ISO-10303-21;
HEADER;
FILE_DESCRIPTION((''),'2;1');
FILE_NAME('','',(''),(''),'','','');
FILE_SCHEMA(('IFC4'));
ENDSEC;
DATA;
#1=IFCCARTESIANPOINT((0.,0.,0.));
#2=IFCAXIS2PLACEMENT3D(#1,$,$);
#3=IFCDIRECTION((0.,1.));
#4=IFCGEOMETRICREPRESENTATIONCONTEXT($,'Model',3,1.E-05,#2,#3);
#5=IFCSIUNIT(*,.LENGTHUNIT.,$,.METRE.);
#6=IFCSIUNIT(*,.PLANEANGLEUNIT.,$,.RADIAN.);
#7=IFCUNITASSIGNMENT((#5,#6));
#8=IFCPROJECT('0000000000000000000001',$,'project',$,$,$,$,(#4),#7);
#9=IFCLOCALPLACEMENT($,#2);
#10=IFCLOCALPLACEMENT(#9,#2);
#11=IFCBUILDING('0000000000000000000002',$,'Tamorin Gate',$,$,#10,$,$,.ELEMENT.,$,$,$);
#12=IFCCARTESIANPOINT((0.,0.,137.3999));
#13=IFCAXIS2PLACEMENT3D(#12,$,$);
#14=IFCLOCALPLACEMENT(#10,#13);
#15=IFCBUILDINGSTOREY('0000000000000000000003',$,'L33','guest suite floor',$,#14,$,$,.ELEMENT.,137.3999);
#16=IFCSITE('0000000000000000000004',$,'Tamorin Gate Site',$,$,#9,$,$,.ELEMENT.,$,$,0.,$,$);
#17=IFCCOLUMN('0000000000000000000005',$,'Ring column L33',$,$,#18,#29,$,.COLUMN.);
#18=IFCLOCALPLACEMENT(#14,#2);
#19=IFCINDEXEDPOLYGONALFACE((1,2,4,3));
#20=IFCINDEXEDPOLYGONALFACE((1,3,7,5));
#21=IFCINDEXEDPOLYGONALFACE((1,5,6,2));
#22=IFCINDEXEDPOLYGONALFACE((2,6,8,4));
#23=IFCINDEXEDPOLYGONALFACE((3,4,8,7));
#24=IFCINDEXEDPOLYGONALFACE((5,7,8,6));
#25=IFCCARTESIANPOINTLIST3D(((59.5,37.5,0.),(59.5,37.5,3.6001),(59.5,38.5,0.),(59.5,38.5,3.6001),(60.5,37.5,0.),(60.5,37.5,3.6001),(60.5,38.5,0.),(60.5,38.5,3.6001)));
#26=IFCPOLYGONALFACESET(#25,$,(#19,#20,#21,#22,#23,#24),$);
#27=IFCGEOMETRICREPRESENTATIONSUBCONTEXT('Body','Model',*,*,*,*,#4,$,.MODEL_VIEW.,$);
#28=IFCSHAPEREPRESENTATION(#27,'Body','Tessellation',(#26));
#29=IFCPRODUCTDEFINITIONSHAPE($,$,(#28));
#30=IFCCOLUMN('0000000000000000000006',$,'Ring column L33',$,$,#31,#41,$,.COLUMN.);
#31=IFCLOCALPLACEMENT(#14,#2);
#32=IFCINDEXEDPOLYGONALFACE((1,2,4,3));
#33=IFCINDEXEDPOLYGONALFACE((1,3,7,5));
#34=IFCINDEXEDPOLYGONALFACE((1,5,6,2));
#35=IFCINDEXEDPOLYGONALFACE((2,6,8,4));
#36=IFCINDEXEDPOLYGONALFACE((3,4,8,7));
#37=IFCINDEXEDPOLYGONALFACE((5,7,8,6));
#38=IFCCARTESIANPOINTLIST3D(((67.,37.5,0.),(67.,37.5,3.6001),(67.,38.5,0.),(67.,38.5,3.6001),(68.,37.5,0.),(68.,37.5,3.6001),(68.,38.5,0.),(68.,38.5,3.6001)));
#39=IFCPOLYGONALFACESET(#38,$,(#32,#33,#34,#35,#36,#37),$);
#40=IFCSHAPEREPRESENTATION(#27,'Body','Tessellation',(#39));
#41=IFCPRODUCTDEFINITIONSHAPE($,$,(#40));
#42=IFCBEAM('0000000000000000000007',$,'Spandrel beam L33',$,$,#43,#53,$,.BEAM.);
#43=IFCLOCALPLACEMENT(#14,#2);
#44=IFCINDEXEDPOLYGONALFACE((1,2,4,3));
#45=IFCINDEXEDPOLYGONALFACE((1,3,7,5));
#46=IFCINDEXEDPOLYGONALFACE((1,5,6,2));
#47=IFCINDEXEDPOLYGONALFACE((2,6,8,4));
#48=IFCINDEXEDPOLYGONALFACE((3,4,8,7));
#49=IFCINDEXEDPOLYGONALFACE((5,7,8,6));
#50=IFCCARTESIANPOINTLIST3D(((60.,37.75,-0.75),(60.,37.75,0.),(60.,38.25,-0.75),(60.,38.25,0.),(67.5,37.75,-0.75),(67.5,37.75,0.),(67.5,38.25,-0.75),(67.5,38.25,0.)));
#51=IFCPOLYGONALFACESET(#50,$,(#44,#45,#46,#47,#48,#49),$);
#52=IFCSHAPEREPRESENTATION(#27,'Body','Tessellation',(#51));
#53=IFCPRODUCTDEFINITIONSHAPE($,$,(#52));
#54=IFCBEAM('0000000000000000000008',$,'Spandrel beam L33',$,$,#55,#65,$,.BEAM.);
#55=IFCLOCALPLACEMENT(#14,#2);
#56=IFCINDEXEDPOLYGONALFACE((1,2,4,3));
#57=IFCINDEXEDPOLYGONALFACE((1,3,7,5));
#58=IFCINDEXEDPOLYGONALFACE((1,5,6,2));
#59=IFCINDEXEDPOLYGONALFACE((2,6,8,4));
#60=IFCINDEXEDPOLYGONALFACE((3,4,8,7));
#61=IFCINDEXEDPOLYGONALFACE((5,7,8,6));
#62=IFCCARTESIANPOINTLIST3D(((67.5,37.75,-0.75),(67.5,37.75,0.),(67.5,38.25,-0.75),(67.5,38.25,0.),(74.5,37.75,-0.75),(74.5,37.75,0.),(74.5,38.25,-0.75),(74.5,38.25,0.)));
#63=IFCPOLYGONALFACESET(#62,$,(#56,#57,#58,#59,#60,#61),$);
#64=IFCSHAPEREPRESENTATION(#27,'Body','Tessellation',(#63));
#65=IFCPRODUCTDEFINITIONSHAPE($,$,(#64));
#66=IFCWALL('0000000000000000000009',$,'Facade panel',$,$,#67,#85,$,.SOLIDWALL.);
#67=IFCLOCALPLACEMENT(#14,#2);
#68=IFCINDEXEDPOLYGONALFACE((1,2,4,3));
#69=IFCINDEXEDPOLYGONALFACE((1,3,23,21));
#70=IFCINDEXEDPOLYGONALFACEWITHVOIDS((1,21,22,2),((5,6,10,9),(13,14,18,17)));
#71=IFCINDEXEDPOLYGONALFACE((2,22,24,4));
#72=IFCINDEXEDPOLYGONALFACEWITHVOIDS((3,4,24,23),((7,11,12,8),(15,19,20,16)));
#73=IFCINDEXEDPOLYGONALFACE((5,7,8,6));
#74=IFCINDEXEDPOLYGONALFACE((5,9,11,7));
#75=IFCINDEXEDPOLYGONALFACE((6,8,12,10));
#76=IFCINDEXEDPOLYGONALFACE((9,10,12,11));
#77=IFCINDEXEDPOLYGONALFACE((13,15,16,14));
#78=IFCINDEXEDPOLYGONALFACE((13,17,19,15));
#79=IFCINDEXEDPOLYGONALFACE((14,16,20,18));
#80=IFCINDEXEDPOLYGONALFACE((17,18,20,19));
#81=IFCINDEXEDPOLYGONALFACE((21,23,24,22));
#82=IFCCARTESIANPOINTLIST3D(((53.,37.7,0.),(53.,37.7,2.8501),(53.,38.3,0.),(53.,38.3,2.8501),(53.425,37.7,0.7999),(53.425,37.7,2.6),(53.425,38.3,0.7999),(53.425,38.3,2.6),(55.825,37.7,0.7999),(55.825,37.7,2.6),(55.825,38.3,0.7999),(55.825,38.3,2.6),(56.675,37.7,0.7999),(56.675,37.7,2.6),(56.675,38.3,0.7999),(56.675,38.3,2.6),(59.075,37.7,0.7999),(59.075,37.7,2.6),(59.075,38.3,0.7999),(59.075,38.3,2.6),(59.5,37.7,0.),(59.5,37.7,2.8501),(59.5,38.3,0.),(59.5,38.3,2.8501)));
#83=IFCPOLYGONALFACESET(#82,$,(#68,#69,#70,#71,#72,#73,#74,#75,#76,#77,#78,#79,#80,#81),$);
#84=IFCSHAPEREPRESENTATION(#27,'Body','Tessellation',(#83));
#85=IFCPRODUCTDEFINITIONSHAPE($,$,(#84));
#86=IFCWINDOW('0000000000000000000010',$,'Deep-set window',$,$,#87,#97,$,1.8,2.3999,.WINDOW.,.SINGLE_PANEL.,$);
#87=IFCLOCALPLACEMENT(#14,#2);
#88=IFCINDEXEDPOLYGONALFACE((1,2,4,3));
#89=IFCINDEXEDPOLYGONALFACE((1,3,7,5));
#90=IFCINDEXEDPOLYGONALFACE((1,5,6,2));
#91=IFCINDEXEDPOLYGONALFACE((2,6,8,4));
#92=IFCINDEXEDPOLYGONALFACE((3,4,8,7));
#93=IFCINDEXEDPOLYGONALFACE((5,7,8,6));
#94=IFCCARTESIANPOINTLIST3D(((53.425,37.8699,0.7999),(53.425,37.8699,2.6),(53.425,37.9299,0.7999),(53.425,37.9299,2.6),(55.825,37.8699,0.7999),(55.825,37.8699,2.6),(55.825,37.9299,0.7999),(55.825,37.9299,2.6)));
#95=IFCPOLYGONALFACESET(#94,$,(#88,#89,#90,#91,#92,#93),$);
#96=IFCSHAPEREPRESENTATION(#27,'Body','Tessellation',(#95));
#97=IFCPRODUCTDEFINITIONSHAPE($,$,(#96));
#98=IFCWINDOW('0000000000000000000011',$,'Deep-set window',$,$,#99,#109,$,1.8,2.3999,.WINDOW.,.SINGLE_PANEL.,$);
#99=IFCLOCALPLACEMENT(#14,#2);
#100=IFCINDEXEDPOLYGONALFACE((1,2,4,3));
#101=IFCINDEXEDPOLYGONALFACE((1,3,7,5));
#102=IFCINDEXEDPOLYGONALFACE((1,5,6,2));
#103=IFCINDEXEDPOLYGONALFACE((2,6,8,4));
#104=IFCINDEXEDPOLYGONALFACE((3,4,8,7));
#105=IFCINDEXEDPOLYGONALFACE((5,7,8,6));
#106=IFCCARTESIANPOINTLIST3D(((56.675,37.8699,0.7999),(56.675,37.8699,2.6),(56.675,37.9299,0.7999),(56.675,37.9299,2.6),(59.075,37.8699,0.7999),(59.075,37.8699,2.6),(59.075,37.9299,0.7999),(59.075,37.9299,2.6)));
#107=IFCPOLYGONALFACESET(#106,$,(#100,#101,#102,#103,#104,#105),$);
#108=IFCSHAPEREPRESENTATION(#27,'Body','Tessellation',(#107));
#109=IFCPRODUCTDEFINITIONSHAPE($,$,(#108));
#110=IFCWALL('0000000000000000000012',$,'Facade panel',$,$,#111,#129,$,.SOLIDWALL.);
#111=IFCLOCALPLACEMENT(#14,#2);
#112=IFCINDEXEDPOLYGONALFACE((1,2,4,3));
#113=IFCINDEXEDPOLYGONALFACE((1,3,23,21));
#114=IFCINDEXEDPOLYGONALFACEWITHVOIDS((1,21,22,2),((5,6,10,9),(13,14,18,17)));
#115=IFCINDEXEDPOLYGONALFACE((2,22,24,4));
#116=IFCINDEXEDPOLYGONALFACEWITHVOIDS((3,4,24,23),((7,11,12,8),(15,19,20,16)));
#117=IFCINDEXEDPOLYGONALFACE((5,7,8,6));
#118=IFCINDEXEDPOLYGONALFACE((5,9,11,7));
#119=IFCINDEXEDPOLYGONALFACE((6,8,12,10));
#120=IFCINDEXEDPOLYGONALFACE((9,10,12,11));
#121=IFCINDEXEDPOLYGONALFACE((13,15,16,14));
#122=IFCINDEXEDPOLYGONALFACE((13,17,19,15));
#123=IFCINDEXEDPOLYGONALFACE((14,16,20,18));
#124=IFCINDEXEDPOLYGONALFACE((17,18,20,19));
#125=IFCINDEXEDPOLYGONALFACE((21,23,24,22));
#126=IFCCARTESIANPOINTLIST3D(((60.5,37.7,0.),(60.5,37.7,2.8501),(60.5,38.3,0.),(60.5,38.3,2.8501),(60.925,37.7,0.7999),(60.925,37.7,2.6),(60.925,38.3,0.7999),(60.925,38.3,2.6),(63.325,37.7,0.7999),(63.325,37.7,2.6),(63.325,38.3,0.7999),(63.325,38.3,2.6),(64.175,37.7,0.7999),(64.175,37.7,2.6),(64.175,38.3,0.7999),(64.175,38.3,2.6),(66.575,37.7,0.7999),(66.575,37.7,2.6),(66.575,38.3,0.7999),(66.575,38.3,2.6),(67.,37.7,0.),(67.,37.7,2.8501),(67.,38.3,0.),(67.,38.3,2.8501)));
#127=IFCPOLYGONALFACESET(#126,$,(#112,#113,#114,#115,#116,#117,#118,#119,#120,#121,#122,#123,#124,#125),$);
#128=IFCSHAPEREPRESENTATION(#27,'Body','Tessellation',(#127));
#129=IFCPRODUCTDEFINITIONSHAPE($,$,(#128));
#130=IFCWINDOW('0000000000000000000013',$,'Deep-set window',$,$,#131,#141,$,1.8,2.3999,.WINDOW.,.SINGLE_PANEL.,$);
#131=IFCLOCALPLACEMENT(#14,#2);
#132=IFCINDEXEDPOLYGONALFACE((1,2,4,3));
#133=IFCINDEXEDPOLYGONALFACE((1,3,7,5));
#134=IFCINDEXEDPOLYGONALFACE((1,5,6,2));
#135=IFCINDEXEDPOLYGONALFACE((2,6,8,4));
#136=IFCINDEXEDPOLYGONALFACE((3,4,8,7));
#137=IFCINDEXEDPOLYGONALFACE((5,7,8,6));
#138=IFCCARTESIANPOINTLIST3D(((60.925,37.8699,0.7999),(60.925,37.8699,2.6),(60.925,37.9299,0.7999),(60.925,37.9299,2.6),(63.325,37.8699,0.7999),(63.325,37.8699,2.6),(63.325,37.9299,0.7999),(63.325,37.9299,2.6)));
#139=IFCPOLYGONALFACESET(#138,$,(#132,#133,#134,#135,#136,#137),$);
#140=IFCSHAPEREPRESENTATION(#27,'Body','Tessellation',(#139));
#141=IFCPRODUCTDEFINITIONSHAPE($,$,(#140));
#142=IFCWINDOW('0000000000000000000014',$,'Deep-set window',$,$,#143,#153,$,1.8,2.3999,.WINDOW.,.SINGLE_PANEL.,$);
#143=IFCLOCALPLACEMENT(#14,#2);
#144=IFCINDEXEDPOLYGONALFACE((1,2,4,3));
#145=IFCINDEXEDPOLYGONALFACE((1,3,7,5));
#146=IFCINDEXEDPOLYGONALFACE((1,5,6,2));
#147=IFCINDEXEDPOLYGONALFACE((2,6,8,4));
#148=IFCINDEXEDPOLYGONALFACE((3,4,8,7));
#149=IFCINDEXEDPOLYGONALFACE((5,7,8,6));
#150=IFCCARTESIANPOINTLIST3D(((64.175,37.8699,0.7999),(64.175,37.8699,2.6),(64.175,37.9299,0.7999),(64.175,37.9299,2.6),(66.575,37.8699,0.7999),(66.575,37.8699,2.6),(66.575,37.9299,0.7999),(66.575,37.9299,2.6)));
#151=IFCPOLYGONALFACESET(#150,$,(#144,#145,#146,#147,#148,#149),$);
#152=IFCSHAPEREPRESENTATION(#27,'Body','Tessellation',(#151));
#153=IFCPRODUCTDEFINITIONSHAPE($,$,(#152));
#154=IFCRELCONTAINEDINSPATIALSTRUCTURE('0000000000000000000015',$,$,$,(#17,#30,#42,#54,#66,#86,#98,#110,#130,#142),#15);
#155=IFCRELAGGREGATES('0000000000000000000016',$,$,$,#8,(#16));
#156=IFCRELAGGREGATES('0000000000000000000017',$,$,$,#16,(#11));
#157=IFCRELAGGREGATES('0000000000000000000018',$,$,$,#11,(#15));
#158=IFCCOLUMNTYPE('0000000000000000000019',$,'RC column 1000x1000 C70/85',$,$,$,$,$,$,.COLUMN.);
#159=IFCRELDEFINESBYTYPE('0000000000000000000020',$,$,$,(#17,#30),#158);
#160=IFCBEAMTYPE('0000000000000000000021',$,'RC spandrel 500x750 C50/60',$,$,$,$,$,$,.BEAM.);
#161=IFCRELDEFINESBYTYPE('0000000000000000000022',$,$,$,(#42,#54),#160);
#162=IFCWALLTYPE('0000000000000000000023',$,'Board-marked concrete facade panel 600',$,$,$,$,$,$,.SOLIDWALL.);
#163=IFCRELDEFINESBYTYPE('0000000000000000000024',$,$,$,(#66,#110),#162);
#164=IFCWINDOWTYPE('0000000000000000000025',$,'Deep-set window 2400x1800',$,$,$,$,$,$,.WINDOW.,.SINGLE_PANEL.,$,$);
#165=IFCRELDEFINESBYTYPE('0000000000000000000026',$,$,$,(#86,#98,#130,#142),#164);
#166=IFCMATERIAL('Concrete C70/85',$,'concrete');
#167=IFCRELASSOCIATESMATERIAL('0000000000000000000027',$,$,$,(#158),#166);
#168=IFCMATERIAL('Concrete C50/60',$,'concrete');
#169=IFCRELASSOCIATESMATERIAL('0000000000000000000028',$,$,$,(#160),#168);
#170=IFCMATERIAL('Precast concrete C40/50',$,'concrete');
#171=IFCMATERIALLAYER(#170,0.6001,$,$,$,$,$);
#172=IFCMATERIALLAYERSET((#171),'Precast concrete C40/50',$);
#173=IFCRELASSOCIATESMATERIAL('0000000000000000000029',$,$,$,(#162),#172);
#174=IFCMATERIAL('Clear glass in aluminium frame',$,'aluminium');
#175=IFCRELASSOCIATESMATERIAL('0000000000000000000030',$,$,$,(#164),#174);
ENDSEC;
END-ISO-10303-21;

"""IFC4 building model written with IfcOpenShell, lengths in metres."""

from ifc_helpers import new_model, si_unit, direction, frame, frame_2d, origin, origin_2d, place, context, subcontext, project, spatial, rectangle, extrude, material, layer, layer_set, material_profile, profile_set, type_object, element, fill, save


model = new_model("IFC4")

# Units and contexts
model_context = context("Model", 3, precision=1e-05, world=origin(), true_north=direction((0.0, 1.0)))
body_context = subcontext(model_context, "Body", "Model", "MODEL_VIEW")
ifc_project = project(units=[si_unit("LENGTHUNIT", "METRE"), si_unit("PLANEANGLEUNIT", "RADIAN")], contexts=[model_context])

# Site, building, storey
site_placement = place(None, origin())
site = spatial("IfcSite", under=ifc_project, at=site_placement, Name="Tamorin Gate Site", CompositionType="ELEMENT", RefElevation=0.0)
building_placement = place(site_placement, origin())
building = spatial("IfcBuilding", under=site, at=building_placement, Name="Tamorin Gate", CompositionType="ELEMENT")
storey_placement = place(building_placement, frame((0.0, 0.0, 137.3999)))
storey = spatial("IfcBuildingStorey", under=building, at=storey_placement, Name="L33", Description="guest suite floor", CompositionType="ELEMENT", Elevation=137.3999)

# Columns
ifc_material_1 = material(Name="Concrete C70/85", Category="concrete")
ifc_material_profile_1 = material_profile(ifc_material_1, rectangle(XDim=1.0, YDim=1.0, at=origin_2d()), Name="RC 1000x1000")
ifc_profile_set_1 = profile_set([ifc_material_profile_1], Name="Concrete C70/85")
column_type = type_object("IfcColumnType", Name="RC column 1000x1000 C70/85", PredefinedType="COLUMN", material=ifc_profile_set_1)
for number, where, z_axis, x_axis, name in (
    (1, (60.0, 38.0, 0.0), (0.0, 0.0, 1.0), (1.0, 0.0, 0.0), "Ring column L33"),
    (2, (67.5, 38.0, 0.0), (0.0, 0.0, 1.0), (1.0, 0.0, 0.0), "Ring column L33"),
):
    element("IfcColumn", number, at=place(storey_placement, frame(where, z_axis=z_axis, x_axis=x_axis)), inside=storey, type_object=column_type, Name=name, PredefinedType="COLUMN", context=body_context, shape_type="SweptSolid", body=[
        extrude(rectangle(XDim=1.0, YDim=1.0, at=origin_2d()), origin(), (0.0, 0.0, 1.0), 3.6001),
    ])

# Beams
ifc_material_2 = material(Name="Concrete C50/60", Category="concrete")
ifc_material_profile_2 = material_profile(ifc_material_2, rectangle(XDim=0.5, YDim=0.75, at=origin_2d()), Name="RC 500x750")
ifc_profile_set_2 = profile_set([ifc_material_profile_2], Name="Concrete C50/60")
beam_type = type_object("IfcBeamType", Name="RC spandrel 500x750 C50/60", PredefinedType="BEAM", material=ifc_profile_set_2)
beam_1_placement = place(storey_placement, frame((60.0, 38.0, -0.375), z_axis=(1.0, 0.0, 0.0), x_axis=(0.0, 1.0, 0.0)))
element("IfcBeam", 3, at=beam_1_placement, inside=storey, type_object=beam_type, Name="Spandrel beam L33", PredefinedType="BEAM", context=body_context, shape_type="SweptSolid", body=[
    extrude(rectangle(XDim=0.5, YDim=0.75, at=origin_2d()), origin(), (0.0, 0.0, 1.0), 7.5),
])
beam_2_placement = place(storey_placement, frame((67.5, 38.0, -0.375), z_axis=(1.0, 0.0, 0.0), x_axis=(0.0, 1.0, 0.0)))
element("IfcBeam", 4, at=beam_2_placement, inside=storey, type_object=beam_type, Name="Spandrel beam L33", PredefinedType="BEAM", context=body_context, shape_type="SweptSolid", body=[
    extrude(rectangle(XDim=0.5, YDim=0.75, at=origin_2d()), origin(), (0.0, 0.0, 1.0), 7.0),
])

# Walls, openings, windows
ifc_material_3 = material(Name="Precast concrete C40/50", Category="concrete")
ifc_layer_1 = layer(ifc_material_3, 0.6001)
ifc_layer_set_1 = layer_set([ifc_layer_1], Name="Precast concrete C40/50")
wall_type_1 = type_object("IfcWallType", Name="Board-marked concrete facade panel 600", PredefinedType="SOLIDWALL", material=ifc_layer_set_1)
wall_1_placement = place(storey_placement, frame((53.0, 38.0, 0.0), z_axis=(0.0, 0.0, 1.0), x_axis=(1.0, 0.0, 0.0)))
wall_1 = element("IfcWall", 5, at=wall_1_placement, inside=storey, type_object=wall_type_1, Name="Facade panel", PredefinedType="SOLIDWALL", context=body_context, shape_type="SweptSolid", body=[
    extrude(rectangle(XDim=6.5, YDim=0.6001, at=frame_2d((3.25, 0.0))), origin(), (0.0, 0.0, 1.0), 2.8501),
])
opening_1_placement = place(wall_1_placement, frame((0.425, 0.0, 0.8)))
opening_1 = element("IfcOpeningElement", 6, at=opening_1_placement, cuts=wall_1, PredefinedType="OPENING", context=body_context, shape_type="SweptSolid", body=[
    extrude(rectangle(XDim=2.3999, YDim=1.8, at=frame_2d((1.2, 0.8999))), frame((0.0, 0.3101, 0.0), z_axis=(0.0, -1.0, 0.0), x_axis=(1.0, 0.0, 0.0)), (0.0, 0.0, 1.0), 0.6201),
])
opening_2_placement = place(wall_1_placement, frame((3.675, 0.0, 0.8)))
opening_2 = element("IfcOpeningElement", 7, at=opening_2_placement, cuts=wall_1, PredefinedType="OPENING", context=body_context, shape_type="SweptSolid", body=[
    extrude(rectangle(XDim=2.3999, YDim=1.8, at=frame_2d((1.2, 0.8999))), frame((0.0, 0.3101, 0.0), z_axis=(0.0, -1.0, 0.0), x_axis=(1.0, 0.0, 0.0)), (0.0, 0.0, 1.0), 0.6201),
])
ifc_material_4 = material(Name="Clear glass in aluminium frame", Category="aluminium")
window_type = type_object("IfcWindowType", Name="Deep-set window 2400x1800", PartitioningType="SINGLE_PANEL", PredefinedType="WINDOW", material=ifc_material_4)
window_1_placement = place(opening_1_placement, origin())
window_1 = element("IfcWindow", 8, at=window_1_placement, inside=storey, type_object=window_type, Name="Deep-set window", OverallHeight=1.8, OverallWidth=2.3999, PartitioningType="SINGLE_PANEL", PredefinedType="WINDOW", context=body_context, shape_type="SweptSolid", body=[
    extrude(rectangle(XDim=2.3999, YDim=1.8, at=frame_2d((1.2, 0.8999))), frame((0.0, -0.0701, 0.0), z_axis=(0.0, -1.0, 0.0), x_axis=(1.0, 0.0, 0.0)), (0.0, 0.0, 1.0), 0.0601),
])
fill(opening_1, window_1)
window_2_placement = place(opening_2_placement, origin())
window_2 = element("IfcWindow", 9, at=window_2_placement, inside=storey, type_object=window_type, Name="Deep-set window", OverallHeight=1.8, OverallWidth=2.3999, PartitioningType="SINGLE_PANEL", PredefinedType="WINDOW", context=body_context, shape_type="SweptSolid", body=[
    extrude(rectangle(XDim=2.3999, YDim=1.8, at=frame_2d((1.2, 0.8999))), frame((0.0, -0.0701, 0.0), z_axis=(0.0, -1.0, 0.0), x_axis=(1.0, 0.0, 0.0)), (0.0, 0.0, 1.0), 0.0601),
])
fill(opening_2, window_2)
wall_2_placement = place(storey_placement, frame((60.5, 38.0, 0.0), z_axis=(0.0, 0.0, 1.0), x_axis=(1.0, 0.0, 0.0)))
wall_2 = element("IfcWall", 10, at=wall_2_placement, inside=storey, type_object=wall_type_1, Name="Facade panel", PredefinedType="SOLIDWALL", context=body_context, shape_type="SweptSolid", body=[
    extrude(rectangle(XDim=6.5, YDim=0.6001, at=frame_2d((3.25, 0.0))), origin(), (0.0, 0.0, 1.0), 2.8501),
])
opening_3_placement = place(wall_2_placement, frame((0.425, 0.0, 0.8)))
opening_3 = element("IfcOpeningElement", 11, at=opening_3_placement, cuts=wall_2, PredefinedType="OPENING", context=body_context, shape_type="SweptSolid", body=[
    extrude(rectangle(XDim=2.3999, YDim=1.8, at=frame_2d((1.2, 0.8999))), frame((0.0, 0.3101, 0.0), z_axis=(0.0, -1.0, 0.0), x_axis=(1.0, 0.0, 0.0)), (0.0, 0.0, 1.0), 0.6201),
])
opening_4_placement = place(wall_2_placement, frame((3.675, 0.0, 0.8)))
opening_4 = element("IfcOpeningElement", 12, at=opening_4_placement, cuts=wall_2, PredefinedType="OPENING", context=body_context, shape_type="SweptSolid", body=[
    extrude(rectangle(XDim=2.3999, YDim=1.8, at=frame_2d((1.2, 0.8999))), frame((0.0, 0.3101, 0.0), z_axis=(0.0, -1.0, 0.0), x_axis=(1.0, 0.0, 0.0)), (0.0, 0.0, 1.0), 0.6201),
])
window_3_placement = place(opening_3_placement, origin())
window_3 = element("IfcWindow", 13, at=window_3_placement, inside=storey, type_object=window_type, Name="Deep-set window", OverallHeight=1.8, OverallWidth=2.3999, PartitioningType="SINGLE_PANEL", PredefinedType="WINDOW", context=body_context, shape_type="SweptSolid", body=[
    extrude(rectangle(XDim=2.3999, YDim=1.8, at=frame_2d((1.2, 0.8999))), frame((0.0, -0.0701, 0.0), z_axis=(0.0, -1.0, 0.0), x_axis=(1.0, 0.0, 0.0)), (0.0, 0.0, 1.0), 0.0601),
])
fill(opening_3, window_3)
window_4_placement = place(opening_4_placement, origin())
window_4 = element("IfcWindow", 14, at=window_4_placement, inside=storey, type_object=window_type, Name="Deep-set window", OverallHeight=1.8, OverallWidth=2.3999, PartitioningType="SINGLE_PANEL", PredefinedType="WINDOW", context=body_context, shape_type="SweptSolid", body=[
    extrude(rectangle(XDim=2.3999, YDim=1.8, at=frame_2d((1.2, 0.8999))), frame((0.0, -0.0701, 0.0), z_axis=(0.0, -1.0, 0.0), x_axis=(1.0, 0.0, 0.0)), (0.0, 0.0, 1.0), 0.0601),
])
fill(opening_4, window_4)

save(model, "model.ifc")
